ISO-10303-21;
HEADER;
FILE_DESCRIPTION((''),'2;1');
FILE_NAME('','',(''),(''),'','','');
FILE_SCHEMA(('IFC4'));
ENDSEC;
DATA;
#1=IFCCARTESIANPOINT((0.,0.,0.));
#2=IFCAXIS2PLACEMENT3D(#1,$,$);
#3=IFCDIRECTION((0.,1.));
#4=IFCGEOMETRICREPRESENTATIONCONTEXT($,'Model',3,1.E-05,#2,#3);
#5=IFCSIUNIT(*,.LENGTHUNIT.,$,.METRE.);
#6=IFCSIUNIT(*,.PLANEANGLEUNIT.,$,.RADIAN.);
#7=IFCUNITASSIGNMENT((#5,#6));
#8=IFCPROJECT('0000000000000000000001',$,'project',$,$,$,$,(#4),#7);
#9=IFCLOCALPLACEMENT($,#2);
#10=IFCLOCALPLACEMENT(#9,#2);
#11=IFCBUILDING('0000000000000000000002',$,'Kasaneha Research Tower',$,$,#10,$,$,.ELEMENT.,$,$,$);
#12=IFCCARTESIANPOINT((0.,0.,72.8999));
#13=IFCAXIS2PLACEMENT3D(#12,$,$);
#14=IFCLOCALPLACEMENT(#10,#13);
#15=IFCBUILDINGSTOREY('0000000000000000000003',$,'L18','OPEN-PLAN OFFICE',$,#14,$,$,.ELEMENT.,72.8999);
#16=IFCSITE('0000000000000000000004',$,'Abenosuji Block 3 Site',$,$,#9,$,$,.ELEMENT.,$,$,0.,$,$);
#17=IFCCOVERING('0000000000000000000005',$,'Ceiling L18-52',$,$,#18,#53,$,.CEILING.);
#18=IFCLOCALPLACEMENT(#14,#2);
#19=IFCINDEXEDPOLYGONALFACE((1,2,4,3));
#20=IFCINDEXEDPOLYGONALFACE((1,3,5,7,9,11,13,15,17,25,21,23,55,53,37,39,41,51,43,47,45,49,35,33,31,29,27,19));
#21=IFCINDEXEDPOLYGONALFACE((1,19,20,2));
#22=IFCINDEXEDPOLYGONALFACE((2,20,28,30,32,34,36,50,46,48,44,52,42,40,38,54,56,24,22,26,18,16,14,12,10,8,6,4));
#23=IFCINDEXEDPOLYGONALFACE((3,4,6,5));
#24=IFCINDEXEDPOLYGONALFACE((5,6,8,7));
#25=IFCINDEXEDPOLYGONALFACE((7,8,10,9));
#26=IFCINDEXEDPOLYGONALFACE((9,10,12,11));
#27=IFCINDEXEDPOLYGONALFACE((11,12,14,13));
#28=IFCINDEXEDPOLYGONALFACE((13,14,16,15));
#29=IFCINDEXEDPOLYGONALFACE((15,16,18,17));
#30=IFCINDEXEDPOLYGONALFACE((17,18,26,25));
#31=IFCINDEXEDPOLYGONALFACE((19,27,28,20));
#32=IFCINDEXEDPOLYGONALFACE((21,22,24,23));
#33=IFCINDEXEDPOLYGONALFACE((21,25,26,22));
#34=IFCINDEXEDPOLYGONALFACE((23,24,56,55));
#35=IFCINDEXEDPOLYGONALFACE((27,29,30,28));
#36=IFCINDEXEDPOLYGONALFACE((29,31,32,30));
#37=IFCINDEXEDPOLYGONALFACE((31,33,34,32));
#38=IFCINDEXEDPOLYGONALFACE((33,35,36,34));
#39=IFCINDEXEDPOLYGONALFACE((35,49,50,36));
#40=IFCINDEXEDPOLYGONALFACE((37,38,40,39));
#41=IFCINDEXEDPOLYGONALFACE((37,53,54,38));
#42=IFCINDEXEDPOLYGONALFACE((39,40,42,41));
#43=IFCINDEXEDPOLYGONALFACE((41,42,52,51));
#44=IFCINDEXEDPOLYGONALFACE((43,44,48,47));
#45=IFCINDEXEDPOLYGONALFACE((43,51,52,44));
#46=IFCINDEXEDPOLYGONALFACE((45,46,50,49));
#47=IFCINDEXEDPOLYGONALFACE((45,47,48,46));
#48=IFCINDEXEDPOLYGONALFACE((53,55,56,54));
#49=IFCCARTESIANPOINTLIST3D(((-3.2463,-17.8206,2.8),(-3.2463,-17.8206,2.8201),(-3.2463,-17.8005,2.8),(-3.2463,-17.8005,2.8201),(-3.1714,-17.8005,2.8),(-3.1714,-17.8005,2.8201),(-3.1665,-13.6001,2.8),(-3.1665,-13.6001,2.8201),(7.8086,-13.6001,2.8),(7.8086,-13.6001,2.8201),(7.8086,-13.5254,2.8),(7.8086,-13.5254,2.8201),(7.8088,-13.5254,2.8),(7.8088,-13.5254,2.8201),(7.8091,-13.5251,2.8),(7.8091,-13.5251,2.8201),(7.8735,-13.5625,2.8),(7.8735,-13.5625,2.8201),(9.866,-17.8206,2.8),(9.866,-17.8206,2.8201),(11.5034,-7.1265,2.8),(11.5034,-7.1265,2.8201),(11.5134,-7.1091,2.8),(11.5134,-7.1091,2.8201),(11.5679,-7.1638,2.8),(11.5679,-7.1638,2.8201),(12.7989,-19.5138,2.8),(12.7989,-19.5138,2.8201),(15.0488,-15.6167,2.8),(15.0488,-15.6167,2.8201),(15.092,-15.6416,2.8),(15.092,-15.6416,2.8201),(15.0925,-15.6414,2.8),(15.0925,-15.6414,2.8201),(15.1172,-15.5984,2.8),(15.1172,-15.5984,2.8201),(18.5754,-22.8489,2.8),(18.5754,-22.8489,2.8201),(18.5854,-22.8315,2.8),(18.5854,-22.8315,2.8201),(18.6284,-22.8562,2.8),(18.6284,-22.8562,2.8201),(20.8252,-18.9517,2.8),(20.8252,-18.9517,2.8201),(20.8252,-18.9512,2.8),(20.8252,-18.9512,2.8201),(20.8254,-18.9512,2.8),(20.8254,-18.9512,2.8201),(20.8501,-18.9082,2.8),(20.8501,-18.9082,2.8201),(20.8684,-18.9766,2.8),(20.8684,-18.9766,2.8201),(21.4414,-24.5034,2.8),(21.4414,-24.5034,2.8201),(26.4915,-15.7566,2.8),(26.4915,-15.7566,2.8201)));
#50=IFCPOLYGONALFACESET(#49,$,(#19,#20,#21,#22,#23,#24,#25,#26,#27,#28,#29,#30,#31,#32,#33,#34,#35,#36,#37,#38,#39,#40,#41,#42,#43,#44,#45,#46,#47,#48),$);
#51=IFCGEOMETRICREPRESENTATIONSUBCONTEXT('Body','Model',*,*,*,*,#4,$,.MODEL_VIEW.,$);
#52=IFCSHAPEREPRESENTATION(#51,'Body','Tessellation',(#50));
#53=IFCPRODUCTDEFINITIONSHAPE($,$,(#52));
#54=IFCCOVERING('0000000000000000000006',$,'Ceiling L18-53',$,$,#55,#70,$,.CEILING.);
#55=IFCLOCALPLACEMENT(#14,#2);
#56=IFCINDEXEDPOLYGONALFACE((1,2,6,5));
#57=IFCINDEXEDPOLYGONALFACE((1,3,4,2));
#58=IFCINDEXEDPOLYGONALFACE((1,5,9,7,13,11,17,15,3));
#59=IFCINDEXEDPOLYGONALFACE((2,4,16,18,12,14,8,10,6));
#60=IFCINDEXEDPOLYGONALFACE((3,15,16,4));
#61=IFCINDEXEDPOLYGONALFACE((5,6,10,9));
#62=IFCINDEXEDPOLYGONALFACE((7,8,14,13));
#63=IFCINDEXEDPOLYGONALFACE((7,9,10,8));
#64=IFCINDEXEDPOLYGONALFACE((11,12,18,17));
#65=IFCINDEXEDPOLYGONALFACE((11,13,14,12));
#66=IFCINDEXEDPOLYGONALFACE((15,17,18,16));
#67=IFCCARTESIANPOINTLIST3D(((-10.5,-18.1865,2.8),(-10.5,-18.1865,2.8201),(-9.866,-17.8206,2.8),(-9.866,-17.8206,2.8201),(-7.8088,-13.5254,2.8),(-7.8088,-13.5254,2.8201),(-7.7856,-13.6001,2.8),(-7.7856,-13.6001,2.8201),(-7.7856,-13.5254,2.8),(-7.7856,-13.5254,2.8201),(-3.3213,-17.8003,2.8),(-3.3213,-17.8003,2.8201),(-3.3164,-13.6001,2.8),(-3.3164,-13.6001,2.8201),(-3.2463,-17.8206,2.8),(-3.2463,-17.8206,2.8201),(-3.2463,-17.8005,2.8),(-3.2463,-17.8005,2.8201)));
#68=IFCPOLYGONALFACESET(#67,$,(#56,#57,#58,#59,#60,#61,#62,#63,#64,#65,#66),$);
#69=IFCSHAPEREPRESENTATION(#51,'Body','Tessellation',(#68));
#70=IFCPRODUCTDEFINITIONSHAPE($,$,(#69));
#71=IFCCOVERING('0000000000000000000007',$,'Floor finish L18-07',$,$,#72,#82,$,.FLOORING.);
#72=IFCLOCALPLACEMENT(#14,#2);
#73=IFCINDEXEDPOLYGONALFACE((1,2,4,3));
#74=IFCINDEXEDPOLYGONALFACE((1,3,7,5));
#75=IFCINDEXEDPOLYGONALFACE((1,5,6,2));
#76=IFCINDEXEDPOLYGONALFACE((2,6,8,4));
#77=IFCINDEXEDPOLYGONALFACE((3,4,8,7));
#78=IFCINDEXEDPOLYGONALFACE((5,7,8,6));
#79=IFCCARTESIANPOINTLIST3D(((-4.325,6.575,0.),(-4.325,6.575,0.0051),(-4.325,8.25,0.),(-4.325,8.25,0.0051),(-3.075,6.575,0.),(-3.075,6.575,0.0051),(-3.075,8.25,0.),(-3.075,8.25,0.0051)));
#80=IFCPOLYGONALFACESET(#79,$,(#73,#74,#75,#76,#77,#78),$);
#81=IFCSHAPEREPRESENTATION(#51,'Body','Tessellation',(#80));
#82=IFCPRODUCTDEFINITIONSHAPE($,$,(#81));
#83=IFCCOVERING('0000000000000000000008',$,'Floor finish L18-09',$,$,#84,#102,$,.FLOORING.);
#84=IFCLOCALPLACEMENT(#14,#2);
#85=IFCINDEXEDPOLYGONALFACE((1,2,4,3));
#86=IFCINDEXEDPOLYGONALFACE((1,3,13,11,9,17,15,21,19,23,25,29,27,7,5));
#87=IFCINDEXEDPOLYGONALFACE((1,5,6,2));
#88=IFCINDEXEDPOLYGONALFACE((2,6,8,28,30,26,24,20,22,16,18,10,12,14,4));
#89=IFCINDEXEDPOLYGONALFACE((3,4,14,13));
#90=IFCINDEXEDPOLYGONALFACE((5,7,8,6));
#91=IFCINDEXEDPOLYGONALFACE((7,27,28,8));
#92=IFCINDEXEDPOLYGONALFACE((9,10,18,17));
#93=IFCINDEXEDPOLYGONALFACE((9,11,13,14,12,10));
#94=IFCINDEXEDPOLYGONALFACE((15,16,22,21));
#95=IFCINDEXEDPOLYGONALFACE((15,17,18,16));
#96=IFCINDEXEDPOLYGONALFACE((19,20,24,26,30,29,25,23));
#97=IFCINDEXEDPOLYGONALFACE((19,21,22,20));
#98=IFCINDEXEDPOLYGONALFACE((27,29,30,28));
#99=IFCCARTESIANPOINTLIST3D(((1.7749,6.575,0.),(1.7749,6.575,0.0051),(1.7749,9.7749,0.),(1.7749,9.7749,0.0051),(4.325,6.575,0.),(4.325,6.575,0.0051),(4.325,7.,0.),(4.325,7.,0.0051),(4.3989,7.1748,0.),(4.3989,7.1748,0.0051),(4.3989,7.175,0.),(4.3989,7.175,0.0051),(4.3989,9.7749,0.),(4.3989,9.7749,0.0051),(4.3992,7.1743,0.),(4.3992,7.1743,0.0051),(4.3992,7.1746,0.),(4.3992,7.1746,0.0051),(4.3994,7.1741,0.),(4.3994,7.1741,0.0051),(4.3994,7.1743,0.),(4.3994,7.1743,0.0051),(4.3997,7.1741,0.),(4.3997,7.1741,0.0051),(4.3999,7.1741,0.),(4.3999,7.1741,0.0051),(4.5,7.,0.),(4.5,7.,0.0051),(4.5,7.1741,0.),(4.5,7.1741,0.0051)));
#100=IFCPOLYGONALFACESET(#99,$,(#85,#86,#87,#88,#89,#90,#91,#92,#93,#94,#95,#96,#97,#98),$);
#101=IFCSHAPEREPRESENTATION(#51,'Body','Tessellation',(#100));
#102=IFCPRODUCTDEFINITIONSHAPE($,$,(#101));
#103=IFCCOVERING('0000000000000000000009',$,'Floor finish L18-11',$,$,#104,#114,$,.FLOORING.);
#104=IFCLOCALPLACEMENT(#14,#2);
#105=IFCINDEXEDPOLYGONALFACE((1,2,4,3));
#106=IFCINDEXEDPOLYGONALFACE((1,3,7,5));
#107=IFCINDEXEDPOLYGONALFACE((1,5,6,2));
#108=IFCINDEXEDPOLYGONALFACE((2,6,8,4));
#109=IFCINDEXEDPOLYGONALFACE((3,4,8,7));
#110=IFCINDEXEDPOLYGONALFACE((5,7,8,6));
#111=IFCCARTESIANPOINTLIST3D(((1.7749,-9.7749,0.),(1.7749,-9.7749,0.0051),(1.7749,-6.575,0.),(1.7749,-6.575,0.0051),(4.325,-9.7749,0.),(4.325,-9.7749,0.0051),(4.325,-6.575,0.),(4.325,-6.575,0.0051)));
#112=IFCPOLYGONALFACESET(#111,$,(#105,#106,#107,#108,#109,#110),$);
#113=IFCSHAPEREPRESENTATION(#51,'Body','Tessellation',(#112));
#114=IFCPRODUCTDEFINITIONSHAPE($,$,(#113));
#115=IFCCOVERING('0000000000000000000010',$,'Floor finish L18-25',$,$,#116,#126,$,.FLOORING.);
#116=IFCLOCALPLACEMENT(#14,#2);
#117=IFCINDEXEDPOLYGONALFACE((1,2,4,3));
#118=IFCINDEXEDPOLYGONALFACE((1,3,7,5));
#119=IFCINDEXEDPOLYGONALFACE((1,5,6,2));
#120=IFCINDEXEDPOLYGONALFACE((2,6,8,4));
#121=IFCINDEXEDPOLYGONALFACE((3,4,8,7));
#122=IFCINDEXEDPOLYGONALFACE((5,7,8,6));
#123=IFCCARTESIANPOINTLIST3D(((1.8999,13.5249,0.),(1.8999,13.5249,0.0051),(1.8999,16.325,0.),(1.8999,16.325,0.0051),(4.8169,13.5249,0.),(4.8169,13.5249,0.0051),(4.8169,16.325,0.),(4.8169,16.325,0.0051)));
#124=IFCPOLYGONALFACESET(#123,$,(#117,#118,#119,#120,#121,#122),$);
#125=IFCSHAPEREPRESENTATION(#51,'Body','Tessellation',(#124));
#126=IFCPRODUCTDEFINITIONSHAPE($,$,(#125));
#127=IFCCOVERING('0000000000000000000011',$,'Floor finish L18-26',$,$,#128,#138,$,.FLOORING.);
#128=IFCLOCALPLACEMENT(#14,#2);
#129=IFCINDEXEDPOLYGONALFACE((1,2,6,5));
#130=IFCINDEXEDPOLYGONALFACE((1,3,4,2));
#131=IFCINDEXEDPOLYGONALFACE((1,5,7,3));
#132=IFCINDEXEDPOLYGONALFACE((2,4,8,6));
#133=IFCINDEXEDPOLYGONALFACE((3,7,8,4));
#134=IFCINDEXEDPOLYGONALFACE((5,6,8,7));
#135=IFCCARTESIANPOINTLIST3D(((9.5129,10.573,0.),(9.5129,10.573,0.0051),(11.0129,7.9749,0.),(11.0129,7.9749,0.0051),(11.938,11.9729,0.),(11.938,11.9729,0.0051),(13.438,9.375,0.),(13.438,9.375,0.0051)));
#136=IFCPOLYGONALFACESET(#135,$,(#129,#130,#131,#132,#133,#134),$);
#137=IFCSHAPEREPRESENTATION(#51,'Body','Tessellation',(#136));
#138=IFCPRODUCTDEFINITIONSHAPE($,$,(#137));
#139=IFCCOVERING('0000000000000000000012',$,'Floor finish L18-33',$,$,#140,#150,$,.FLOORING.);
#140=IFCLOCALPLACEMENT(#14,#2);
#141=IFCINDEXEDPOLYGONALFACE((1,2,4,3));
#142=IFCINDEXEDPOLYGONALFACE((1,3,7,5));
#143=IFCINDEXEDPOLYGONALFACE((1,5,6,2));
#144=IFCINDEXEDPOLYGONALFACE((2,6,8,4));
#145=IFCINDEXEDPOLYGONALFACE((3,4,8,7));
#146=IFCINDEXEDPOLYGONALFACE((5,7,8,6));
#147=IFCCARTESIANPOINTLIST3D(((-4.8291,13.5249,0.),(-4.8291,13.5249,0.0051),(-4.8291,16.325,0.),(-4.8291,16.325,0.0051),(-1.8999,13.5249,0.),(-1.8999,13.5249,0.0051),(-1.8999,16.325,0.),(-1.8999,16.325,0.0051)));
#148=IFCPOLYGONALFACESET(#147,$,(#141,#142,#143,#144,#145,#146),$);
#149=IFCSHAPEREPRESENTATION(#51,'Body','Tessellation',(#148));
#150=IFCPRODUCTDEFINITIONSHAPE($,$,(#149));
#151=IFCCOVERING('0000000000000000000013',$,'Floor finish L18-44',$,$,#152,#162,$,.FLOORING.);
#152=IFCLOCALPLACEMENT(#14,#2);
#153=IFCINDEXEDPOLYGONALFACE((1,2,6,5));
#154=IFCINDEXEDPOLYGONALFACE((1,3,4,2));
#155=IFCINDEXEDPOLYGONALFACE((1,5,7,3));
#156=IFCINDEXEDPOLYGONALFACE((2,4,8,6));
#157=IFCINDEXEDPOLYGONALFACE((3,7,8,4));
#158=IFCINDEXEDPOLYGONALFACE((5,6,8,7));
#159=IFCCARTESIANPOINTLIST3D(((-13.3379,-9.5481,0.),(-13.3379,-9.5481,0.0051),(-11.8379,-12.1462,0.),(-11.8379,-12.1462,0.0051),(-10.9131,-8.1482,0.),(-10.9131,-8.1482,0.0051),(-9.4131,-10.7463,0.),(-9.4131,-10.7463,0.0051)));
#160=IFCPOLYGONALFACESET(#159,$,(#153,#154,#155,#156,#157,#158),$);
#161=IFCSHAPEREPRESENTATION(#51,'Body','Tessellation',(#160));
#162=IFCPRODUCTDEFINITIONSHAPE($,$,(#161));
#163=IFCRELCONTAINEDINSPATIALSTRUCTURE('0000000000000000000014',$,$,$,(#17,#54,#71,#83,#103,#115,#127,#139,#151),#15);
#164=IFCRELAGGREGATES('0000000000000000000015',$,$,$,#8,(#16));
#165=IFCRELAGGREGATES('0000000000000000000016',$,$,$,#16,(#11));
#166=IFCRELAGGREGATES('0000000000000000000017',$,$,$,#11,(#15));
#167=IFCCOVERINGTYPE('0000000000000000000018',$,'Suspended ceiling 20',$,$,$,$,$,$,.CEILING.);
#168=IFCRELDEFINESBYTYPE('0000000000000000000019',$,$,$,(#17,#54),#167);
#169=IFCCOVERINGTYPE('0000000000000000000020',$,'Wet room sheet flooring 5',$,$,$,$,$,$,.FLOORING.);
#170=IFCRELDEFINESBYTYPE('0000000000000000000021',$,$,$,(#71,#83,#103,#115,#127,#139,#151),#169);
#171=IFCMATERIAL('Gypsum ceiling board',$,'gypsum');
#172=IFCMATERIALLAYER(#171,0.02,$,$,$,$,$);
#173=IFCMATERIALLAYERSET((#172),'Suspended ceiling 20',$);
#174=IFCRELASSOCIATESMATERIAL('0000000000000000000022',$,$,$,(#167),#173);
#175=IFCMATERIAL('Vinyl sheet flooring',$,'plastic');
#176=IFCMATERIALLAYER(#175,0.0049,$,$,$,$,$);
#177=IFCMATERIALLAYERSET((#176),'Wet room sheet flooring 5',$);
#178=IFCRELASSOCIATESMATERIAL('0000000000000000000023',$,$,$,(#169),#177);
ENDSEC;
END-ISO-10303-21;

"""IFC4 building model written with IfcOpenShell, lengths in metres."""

from ifc_helpers import new_model, si_unit, direction, frame, origin, place, context, subcontext, project, spatial, polyline, outline, extrude, material, layer, layer_set, type_object, element, save


model = new_model("IFC4")

# Units and contexts
model_context = context("Model", 3, precision=1e-05, world=origin(), true_north=direction((0.0, 1.0)))
body_context = subcontext(model_context, "Body", "Model", "MODEL_VIEW")
ifc_project = project(units=[si_unit("LENGTHUNIT", "METRE"), si_unit("PLANEANGLEUNIT", "RADIAN")], contexts=[model_context])

# Site, building, storey
site_placement = place(None, origin())
site = spatial("IfcSite", under=ifc_project, at=site_placement, Name="Abenosuji Block 3 Site", CompositionType="ELEMENT", RefElevation=0.0)
building_placement = place(site_placement, origin())
building = spatial("IfcBuilding", under=site, at=building_placement, Name="Kasaneha Research Tower", CompositionType="ELEMENT")
storey_placement = place(building_placement, frame((0.0, 0.0, 72.8999)))
storey = spatial("IfcBuildingStorey", under=building, at=storey_placement, Name="L18", Description="OPEN-PLAN OFFICE", CompositionType="ELEMENT", Elevation=72.8999)

# Coverings
ifc_material_1 = material(Name="Gypsum ceiling board", Category="gypsum")
ifc_layer_1 = layer(ifc_material_1, 0.02)
ifc_layer_set_1 = layer_set([ifc_layer_1], Name="Suspended ceiling 20")
covering_type_1 = type_object("IfcCoveringType", Name="Suspended ceiling 20", PredefinedType="CEILING", material=ifc_layer_set_1)
covering_1_placement = place(storey_placement, frame((0.0, 0.0, 2.8)))
element("IfcCovering", 1, at=covering_1_placement, inside=storey, type_object=covering_type_1, Name="Ceiling L18-52", PredefinedType="CEILING", context=body_context, shape_type="SweptSolid", body=[
    extrude(outline(polyline([(7.8091, -13.5251), (7.8735, -13.5625), (11.5679, -7.1638), (11.5034, -7.1265), (11.5134, -7.1091), (26.4915, -15.7566), (21.4414, -24.5034), (18.5754, -22.8489), (18.5854, -22.8315), (18.6284, -22.8562), (20.8684, -18.9766), (20.8252, -18.9517), (20.8254, -18.9512), (20.8252, -18.9512), (20.8501, -18.9082), (15.1172, -15.5984), (15.0925, -15.6414), (15.0925, -15.6414), (15.092, -15.6416), (15.0488, -15.6167), (12.7988, -19.5139), (12.8418, -19.5386), (12.8418, -19.5386), (9.866, -17.8206), (-3.2463, -17.8206), (-3.2463, -17.8005), (-3.1714, -17.8005), (-3.1665, -13.6001), (7.8086, -13.6001), (7.8086, -13.5254), (7.8088, -13.5254), (7.8091, -13.5251)])), origin(), (0.0, 0.0, 1.0), 0.02),
])
covering_2_placement = place(storey_placement, frame((0.0, 0.0, 2.8)))
element("IfcCovering", 2, at=covering_2_placement, inside=storey, type_object=covering_type_1, Name="Ceiling L18-53", PredefinedType="CEILING", context=body_context, shape_type="SweptSolid", body=[
    extrude(outline(polyline([(-7.8088, -13.5254), (-7.7856, -13.5254), (-7.7856, -13.6001), (-3.3164, -13.6001), (-3.3213, -17.8003), (-3.2463, -17.8005), (-3.2463, -17.8206), (-9.866, -17.8206), (-10.5, -18.1865), (-7.8088, -13.5254)])), origin(), (0.0, 0.0, 1.0), 0.02),
])
ifc_material_2 = material(Name="Vinyl sheet flooring", Category="plastic")
ifc_layer_2 = layer(ifc_material_2, 0.0049)
ifc_layer_set_2 = layer_set([ifc_layer_2], Name="Wet room sheet flooring 5")
covering_type_2 = type_object("IfcCoveringType", Name="Wet room sheet flooring 5", PredefinedType="FLOORING", material=ifc_layer_set_2)
covering_3_placement = place(storey_placement, origin())
element("IfcCovering", 3, at=covering_3_placement, inside=storey, type_object=covering_type_2, Name="Floor finish L18-07", PredefinedType="FLOORING", context=body_context, shape_type="SweptSolid", body=[
    extrude(outline(polyline([(-4.325, 6.575), (-4.325, 8.25), (-3.075, 8.25), (-3.075, 6.575), (-4.325, 6.575)])), origin(), (0.0, 0.0, 1.0), 0.0051),
])
covering_4_placement = place(storey_placement, origin())
element("IfcCovering", 4, at=covering_4_placement, inside=storey, type_object=covering_type_2, Name="Floor finish L18-09", PredefinedType="FLOORING", context=body_context, shape_type="SweptSolid", body=[
    extrude(outline(polyline([(4.3989, 9.7749), (4.3989, 7.175), (4.3989, 7.1748), (4.3989, 7.1748), (4.3989, 7.1748), (4.3992, 7.1746), (4.3992, 7.1746), (4.3992, 7.1746), (4.3992, 7.1743), (4.3992, 7.1743), (4.3994, 7.1743), (4.3994, 7.1741), (4.3994, 7.1741), (4.3997, 7.1741), (4.3997, 7.1741), (4.3999, 7.1741), (4.3999, 7.1741), (4.3999, 7.1741), (4.5, 7.1741), (4.5, 7.0), (4.325, 7.0), (4.325, 6.575), (1.7749, 6.575), (1.7749, 9.7749), (4.3989, 9.7749)])), origin(), (0.0, 0.0, 1.0), 0.0051),
])
covering_5_placement = place(storey_placement, origin())
element("IfcCovering", 5, at=covering_5_placement, inside=storey, type_object=covering_type_2, Name="Floor finish L18-11", PredefinedType="FLOORING", context=body_context, shape_type="SweptSolid", body=[
    extrude(outline(polyline([(1.7749, -9.7749), (1.7749, -6.575), (4.325, -6.575), (4.325, -9.7749), (1.7749, -9.7749)])), origin(), (0.0, 0.0, 1.0), 0.0051),
])
covering_6_placement = place(storey_placement, origin())
element("IfcCovering", 6, at=covering_6_placement, inside=storey, type_object=covering_type_2, Name="Floor finish L18-25", PredefinedType="FLOORING", context=body_context, shape_type="SweptSolid", body=[
    extrude(outline(polyline([(1.8999, 16.325), (4.8169, 16.325), (4.8169, 13.5249), (1.8999, 13.5249), (1.8999, 16.325)])), origin(), (0.0, 0.0, 1.0), 0.0051),
])
covering_7_placement = place(storey_placement, origin())
element("IfcCovering", 7, at=covering_7_placement, inside=storey, type_object=covering_type_2, Name="Floor finish L18-26", PredefinedType="FLOORING", context=body_context, shape_type="SweptSolid", body=[
    extrude(outline(polyline([(11.938, 11.9729), (13.438, 9.375), (11.0129, 7.9749), (9.5129, 10.573), (11.938, 11.9729)])), origin(), (0.0, 0.0, 1.0), 0.0051),
])
covering_8_placement = place(storey_placement, origin())
element("IfcCovering", 8, at=covering_8_placement, inside=storey, type_object=covering_type_2, Name="Floor finish L18-33", PredefinedType="FLOORING", context=body_context, shape_type="SweptSolid", body=[
    extrude(outline(polyline([(-4.8291, 16.325), (-1.8999, 16.325), (-1.8999, 13.5249), (-4.8291, 13.5249), (-4.8291, 16.325)])), origin(), (0.0, 0.0, 1.0), 0.0051),
])
covering_9_placement = place(storey_placement, origin())
element("IfcCovering", 9, at=covering_9_placement, inside=storey, type_object=covering_type_2, Name="Floor finish L18-44", PredefinedType="FLOORING", context=body_context, shape_type="SweptSolid", body=[
    extrude(outline(polyline([(-11.8379, -12.1462), (-13.3379, -9.5481), (-10.9131, -8.1482), (-9.4131, -10.7463), (-11.8379, -12.1462)])), origin(), (0.0, 0.0, 1.0), 0.0051),
])

save(model, "model.ifc")
